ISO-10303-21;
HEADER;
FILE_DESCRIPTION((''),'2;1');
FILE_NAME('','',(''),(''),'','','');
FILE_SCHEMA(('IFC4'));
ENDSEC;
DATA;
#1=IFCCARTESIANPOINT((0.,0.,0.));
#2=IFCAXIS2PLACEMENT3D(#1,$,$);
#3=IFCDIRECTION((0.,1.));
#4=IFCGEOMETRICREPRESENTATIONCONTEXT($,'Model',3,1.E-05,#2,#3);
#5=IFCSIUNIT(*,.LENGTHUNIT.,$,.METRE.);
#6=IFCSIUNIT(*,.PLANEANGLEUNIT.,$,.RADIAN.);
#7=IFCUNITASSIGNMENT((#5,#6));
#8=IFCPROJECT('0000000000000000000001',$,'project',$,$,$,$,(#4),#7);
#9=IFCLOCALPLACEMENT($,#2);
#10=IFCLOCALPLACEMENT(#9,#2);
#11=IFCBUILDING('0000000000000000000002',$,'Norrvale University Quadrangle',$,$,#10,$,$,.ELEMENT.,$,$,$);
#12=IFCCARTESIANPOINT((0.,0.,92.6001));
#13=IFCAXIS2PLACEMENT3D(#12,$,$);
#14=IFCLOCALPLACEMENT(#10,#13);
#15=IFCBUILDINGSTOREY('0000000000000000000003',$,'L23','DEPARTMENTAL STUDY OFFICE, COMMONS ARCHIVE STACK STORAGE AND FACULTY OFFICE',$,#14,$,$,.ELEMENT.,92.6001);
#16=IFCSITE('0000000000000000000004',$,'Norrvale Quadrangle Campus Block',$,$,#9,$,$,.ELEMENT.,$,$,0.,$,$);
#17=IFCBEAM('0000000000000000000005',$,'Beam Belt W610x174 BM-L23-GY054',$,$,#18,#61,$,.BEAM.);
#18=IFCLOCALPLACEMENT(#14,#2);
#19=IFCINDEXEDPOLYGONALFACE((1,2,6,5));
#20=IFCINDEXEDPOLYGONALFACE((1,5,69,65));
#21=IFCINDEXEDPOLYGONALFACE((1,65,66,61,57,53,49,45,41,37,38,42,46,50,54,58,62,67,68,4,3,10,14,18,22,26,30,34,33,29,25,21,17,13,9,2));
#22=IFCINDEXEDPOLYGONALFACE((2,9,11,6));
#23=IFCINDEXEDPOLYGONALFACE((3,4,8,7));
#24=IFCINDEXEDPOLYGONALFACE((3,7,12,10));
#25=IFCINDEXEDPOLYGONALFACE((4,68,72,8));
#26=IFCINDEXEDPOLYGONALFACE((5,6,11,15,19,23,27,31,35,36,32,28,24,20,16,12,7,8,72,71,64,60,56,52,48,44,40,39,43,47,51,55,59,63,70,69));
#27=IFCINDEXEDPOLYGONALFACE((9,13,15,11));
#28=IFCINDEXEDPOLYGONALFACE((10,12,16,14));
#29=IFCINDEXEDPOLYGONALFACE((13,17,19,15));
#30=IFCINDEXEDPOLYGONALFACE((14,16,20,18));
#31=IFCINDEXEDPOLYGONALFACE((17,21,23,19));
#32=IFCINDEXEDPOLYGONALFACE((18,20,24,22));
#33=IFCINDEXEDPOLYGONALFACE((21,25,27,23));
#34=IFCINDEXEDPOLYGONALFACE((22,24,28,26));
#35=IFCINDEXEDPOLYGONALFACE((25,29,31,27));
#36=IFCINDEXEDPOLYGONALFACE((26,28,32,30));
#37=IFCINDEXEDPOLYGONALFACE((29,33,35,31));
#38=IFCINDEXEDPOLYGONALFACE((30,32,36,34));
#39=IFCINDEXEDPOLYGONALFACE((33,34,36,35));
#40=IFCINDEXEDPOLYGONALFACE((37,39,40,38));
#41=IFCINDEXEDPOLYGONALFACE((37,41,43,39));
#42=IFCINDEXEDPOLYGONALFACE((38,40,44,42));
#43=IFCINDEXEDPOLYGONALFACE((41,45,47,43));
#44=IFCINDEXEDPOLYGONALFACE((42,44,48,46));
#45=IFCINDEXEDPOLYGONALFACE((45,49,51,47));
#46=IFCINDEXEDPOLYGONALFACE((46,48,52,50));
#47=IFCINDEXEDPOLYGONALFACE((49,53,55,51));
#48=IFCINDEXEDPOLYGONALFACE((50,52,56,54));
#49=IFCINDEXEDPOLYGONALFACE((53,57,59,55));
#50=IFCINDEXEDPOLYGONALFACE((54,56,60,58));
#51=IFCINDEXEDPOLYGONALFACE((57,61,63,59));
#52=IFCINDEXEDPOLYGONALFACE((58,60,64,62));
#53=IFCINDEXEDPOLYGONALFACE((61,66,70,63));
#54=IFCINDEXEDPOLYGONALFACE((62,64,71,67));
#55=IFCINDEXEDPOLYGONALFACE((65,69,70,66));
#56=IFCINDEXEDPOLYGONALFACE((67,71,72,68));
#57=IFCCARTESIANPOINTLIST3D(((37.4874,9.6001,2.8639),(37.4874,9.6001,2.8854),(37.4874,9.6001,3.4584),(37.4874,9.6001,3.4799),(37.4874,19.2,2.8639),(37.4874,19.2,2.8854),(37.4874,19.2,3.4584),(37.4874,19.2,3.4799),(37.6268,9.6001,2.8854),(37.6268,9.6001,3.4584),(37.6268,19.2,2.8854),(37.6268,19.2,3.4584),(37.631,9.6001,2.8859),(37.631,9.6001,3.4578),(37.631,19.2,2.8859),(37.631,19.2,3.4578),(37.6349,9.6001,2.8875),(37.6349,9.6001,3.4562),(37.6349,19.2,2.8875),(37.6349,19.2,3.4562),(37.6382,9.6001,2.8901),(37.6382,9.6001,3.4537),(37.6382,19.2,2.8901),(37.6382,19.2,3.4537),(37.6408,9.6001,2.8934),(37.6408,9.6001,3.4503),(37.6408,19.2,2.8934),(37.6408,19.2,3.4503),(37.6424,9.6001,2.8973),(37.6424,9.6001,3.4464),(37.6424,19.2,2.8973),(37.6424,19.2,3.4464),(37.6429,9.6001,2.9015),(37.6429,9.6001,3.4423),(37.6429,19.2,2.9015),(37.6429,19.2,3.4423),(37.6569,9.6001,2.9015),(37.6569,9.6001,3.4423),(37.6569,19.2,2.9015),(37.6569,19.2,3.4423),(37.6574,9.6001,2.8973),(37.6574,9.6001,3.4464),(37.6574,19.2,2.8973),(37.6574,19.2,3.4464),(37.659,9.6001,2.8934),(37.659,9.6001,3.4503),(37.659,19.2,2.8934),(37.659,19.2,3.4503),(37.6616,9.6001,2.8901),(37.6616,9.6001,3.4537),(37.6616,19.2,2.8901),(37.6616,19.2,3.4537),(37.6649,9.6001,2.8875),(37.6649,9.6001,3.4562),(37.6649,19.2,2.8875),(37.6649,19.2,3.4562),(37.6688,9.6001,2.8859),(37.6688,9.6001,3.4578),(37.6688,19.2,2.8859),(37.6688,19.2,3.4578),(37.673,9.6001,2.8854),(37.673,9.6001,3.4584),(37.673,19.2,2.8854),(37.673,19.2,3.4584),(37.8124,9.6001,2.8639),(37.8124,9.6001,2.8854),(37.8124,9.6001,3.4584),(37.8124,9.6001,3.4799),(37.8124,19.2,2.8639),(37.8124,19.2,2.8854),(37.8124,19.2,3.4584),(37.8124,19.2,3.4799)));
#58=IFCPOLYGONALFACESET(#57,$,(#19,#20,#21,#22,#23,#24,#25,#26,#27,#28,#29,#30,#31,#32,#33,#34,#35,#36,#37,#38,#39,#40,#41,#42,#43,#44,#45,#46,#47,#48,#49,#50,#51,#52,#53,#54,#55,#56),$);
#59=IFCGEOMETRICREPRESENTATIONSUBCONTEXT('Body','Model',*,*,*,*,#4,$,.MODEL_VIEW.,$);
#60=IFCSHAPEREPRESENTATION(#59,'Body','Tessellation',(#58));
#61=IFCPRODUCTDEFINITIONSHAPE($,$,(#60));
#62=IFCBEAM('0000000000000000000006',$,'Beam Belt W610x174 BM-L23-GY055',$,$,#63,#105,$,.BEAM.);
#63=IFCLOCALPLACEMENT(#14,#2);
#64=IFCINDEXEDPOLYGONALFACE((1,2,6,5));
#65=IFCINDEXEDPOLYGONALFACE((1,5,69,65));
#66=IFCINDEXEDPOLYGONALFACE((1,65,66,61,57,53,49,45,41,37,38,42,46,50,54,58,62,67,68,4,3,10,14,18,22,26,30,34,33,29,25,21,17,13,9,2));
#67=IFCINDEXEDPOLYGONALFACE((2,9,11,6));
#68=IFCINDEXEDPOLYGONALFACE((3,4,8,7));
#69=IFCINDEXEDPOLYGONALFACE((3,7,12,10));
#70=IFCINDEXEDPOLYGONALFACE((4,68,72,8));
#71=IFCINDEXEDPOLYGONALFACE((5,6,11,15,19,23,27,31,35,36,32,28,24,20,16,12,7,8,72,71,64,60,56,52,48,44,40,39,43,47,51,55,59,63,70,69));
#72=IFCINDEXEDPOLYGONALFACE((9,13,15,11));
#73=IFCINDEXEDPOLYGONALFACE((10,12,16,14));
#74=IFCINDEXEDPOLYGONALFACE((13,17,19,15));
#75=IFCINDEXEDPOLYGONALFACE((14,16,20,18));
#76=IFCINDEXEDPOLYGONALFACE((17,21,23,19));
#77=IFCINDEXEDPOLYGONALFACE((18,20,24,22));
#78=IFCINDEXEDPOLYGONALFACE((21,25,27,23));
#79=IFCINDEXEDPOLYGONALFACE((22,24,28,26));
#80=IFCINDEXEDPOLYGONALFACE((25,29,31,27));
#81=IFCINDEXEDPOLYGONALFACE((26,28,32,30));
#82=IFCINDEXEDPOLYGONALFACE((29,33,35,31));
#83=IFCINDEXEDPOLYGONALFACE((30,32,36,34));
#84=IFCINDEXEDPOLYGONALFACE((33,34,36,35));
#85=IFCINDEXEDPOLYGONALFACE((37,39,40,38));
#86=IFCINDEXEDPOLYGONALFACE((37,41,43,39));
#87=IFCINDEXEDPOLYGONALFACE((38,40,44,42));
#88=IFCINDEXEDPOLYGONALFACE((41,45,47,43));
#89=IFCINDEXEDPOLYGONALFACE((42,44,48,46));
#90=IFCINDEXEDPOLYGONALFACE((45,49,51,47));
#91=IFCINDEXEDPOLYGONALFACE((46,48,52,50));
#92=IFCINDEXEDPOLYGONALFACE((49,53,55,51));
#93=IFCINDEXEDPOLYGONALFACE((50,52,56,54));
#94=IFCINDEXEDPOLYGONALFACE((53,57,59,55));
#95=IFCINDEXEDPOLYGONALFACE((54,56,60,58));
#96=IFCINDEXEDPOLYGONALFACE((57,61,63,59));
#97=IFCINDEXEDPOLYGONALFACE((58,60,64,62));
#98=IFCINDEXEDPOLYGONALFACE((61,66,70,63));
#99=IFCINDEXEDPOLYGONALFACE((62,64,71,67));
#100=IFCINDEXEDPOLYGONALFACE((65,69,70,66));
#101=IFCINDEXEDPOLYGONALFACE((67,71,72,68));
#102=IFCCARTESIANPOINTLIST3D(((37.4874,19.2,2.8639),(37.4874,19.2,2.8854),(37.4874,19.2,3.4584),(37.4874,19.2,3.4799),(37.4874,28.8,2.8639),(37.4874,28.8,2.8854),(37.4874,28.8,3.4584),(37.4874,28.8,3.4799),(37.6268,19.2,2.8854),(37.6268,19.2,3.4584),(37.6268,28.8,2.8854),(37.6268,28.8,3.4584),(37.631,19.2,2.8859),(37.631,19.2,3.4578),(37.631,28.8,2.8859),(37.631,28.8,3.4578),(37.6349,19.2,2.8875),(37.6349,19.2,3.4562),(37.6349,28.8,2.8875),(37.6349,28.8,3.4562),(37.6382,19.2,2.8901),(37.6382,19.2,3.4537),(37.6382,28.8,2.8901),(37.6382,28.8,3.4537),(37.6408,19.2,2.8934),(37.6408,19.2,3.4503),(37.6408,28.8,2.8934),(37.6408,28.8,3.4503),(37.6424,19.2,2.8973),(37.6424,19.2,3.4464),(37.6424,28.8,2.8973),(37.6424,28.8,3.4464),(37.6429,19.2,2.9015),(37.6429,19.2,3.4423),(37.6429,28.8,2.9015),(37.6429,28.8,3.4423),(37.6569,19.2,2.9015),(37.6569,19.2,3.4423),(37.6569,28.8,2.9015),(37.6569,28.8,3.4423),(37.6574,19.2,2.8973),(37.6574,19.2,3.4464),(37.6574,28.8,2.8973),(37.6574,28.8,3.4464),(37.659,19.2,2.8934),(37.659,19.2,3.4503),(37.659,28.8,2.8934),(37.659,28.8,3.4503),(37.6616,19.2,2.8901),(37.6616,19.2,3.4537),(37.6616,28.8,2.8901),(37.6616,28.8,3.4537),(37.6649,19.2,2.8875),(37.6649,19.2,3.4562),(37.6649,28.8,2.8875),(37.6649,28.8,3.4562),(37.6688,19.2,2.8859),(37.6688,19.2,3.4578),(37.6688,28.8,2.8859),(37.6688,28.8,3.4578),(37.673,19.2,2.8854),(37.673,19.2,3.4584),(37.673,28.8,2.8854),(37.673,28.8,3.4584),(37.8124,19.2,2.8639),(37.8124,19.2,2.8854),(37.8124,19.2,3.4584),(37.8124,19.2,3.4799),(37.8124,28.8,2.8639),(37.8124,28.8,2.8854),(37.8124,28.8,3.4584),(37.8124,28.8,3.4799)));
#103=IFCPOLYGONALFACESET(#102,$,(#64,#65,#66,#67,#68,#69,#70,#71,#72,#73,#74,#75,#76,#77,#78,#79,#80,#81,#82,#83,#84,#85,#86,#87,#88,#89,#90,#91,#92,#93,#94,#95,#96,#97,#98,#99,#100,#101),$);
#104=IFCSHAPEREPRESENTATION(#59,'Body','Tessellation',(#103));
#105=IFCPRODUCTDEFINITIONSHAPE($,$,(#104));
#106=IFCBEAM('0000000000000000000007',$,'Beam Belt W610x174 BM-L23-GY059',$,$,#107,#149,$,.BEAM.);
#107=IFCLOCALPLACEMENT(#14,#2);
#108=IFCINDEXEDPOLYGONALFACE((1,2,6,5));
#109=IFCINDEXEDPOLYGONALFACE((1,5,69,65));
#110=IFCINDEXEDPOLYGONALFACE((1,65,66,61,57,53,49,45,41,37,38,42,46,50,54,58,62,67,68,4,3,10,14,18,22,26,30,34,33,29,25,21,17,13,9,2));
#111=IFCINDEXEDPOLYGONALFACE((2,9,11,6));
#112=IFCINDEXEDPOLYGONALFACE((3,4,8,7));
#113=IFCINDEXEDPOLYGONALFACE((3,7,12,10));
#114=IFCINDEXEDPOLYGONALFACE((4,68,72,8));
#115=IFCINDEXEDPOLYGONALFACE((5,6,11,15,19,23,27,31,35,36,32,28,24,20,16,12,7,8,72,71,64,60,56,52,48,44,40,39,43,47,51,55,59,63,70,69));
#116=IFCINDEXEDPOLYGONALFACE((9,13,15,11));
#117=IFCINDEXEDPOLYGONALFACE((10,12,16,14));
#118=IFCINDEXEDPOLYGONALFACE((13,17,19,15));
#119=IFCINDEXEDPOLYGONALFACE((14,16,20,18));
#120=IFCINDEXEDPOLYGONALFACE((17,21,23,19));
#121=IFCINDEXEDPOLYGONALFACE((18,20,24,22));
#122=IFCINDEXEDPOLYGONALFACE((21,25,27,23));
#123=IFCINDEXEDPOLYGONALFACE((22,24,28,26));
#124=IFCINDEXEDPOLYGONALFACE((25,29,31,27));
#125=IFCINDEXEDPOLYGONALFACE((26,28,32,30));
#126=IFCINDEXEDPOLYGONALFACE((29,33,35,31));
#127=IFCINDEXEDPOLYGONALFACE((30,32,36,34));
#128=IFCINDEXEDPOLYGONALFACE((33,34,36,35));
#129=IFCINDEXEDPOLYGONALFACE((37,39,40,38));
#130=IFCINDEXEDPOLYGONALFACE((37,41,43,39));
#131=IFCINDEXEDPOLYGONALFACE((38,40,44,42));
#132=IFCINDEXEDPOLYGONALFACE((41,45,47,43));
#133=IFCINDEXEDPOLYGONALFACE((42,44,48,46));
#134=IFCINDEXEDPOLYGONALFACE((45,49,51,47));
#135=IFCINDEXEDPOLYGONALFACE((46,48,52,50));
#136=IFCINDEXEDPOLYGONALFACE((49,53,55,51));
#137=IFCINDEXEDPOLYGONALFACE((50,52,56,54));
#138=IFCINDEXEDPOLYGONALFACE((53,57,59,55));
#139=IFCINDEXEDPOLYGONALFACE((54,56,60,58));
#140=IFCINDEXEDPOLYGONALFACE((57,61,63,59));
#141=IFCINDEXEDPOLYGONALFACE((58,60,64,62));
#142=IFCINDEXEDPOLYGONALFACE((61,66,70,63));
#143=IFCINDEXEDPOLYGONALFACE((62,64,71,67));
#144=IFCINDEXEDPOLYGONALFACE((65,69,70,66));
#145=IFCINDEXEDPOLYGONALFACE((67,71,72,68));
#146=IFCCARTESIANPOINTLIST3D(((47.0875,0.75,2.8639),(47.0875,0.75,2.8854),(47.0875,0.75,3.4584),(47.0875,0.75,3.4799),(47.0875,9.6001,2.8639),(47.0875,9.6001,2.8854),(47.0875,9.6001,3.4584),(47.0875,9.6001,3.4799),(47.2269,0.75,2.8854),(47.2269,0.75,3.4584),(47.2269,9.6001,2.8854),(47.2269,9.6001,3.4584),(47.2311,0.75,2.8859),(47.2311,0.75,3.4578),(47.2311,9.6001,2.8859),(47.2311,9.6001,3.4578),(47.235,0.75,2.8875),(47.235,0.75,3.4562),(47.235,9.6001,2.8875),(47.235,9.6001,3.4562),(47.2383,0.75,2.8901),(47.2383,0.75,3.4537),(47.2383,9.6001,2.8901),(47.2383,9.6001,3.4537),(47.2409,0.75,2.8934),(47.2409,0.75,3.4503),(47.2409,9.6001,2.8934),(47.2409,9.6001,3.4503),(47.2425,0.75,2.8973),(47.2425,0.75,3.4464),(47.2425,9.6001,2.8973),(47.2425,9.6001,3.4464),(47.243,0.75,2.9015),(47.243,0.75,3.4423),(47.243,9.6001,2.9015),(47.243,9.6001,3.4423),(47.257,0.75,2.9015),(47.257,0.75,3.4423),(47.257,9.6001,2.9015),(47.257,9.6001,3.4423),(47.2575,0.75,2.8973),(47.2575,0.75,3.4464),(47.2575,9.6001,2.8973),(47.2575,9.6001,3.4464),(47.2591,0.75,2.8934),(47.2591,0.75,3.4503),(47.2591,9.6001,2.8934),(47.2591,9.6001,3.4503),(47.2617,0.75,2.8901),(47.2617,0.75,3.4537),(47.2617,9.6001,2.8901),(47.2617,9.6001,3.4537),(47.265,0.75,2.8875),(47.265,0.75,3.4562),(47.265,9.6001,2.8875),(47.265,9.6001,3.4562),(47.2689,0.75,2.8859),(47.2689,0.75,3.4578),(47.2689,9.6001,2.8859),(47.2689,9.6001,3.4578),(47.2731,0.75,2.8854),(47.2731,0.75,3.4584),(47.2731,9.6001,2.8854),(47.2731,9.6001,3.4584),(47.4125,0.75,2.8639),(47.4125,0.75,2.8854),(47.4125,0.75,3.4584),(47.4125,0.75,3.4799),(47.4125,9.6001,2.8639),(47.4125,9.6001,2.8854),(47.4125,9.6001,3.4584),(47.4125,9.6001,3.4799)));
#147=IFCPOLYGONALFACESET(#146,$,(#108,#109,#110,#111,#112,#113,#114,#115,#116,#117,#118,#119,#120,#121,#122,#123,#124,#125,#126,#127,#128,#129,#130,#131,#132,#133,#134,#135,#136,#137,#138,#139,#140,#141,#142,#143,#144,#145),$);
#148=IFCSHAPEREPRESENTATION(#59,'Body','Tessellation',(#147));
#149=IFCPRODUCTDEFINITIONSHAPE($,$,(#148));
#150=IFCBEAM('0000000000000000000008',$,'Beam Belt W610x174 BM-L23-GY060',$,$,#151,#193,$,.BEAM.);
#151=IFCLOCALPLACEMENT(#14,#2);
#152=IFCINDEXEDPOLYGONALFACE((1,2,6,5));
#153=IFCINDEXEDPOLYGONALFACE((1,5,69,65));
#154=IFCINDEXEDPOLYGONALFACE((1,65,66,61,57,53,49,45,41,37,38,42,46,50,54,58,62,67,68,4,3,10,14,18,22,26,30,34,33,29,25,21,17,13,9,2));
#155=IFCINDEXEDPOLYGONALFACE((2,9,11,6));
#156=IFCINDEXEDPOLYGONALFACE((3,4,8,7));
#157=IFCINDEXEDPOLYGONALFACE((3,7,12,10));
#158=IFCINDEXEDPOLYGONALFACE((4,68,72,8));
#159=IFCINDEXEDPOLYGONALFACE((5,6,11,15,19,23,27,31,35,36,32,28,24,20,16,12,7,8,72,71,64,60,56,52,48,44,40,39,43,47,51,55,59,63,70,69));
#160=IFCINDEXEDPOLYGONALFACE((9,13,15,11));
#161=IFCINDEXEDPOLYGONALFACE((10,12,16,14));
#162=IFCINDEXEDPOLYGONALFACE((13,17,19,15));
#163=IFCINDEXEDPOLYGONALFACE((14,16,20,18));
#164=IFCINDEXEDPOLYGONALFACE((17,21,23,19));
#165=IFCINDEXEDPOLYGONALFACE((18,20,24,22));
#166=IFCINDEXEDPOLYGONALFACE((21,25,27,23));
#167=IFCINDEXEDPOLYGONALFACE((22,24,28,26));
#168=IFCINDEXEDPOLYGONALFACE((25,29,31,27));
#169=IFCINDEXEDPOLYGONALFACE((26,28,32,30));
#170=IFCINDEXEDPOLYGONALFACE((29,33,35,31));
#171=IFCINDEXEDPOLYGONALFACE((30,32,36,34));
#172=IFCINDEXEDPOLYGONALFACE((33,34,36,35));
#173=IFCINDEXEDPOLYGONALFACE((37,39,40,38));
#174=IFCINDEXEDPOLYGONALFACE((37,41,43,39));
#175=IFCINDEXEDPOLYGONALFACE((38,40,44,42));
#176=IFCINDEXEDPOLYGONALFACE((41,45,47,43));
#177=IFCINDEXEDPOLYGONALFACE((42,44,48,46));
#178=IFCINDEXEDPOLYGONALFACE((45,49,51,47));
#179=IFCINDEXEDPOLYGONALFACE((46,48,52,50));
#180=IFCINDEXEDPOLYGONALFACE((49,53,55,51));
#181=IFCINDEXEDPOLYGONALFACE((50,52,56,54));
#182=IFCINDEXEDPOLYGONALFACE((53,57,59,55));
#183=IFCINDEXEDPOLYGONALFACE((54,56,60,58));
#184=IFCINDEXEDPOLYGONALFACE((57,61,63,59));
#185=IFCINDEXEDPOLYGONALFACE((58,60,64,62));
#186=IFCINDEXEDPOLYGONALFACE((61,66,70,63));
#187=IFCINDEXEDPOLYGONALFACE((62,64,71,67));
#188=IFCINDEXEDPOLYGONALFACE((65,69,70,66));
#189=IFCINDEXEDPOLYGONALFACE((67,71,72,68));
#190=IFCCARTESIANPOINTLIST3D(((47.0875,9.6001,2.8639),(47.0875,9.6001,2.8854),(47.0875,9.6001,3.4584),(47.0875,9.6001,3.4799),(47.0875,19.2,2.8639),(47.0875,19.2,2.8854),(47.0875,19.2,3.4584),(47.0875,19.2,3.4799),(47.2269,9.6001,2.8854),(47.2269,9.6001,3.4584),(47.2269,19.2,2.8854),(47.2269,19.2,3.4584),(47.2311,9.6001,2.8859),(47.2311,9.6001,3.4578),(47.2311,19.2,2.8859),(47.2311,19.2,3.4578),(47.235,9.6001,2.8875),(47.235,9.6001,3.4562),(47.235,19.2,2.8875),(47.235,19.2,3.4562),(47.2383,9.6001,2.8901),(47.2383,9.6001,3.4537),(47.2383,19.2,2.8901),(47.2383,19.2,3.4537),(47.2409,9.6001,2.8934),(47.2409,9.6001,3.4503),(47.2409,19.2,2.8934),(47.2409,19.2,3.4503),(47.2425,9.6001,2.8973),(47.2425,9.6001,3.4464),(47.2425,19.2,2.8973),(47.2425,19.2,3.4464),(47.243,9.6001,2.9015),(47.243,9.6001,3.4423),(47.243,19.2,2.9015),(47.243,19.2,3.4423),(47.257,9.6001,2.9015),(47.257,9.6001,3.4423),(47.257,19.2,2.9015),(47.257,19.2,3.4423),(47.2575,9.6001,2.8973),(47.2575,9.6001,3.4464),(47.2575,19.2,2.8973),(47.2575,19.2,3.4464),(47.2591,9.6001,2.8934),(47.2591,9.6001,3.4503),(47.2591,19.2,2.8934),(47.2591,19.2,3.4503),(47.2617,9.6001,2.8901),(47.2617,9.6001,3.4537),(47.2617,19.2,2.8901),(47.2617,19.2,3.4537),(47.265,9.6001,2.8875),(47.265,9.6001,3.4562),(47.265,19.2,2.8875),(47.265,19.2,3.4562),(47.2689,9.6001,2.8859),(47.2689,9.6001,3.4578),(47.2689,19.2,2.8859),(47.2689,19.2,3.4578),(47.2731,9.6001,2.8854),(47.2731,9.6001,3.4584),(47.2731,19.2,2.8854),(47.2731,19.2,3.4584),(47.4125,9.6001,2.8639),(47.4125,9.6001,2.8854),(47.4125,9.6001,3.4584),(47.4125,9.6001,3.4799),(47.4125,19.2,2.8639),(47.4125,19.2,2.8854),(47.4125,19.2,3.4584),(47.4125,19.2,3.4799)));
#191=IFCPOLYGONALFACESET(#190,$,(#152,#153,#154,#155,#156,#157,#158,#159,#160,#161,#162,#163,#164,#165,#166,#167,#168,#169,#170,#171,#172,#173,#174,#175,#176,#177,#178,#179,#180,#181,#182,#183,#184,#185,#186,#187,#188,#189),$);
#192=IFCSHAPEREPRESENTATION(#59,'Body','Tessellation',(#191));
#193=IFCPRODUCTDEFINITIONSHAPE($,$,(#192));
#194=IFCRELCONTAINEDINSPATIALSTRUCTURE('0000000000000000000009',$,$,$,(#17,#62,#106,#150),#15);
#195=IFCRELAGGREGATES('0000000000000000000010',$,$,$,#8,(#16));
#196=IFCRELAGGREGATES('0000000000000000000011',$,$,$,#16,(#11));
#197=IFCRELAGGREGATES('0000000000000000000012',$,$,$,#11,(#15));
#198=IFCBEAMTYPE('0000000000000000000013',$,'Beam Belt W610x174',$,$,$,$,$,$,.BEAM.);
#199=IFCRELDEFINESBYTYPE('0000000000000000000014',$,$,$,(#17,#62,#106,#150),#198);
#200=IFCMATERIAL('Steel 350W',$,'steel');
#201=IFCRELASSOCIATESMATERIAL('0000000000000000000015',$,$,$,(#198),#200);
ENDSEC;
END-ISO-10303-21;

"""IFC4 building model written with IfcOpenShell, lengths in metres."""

from ifc_helpers import new_model, si_unit, direction, frame, origin, origin_2d, place, context, subcontext, project, spatial, i_section, extrude, material, material_profile, profile_set, type_object, element, save


model = new_model("IFC4")

# Units and contexts
model_context = context("Model", 3, precision=1e-05, world=origin(), true_north=direction((0.0, 1.0)))
body_context = subcontext(model_context, "Body", "Model", "MODEL_VIEW")
ifc_project = project(units=[si_unit("LENGTHUNIT", "METRE"), si_unit("PLANEANGLEUNIT", "RADIAN")], contexts=[model_context])

# Site, building, storey
site_placement = place(None, origin())
site = spatial("IfcSite", under=ifc_project, at=site_placement, Name="Norrvale Quadrangle Campus Block", CompositionType="ELEMENT", RefElevation=0.0)
building_placement = place(site_placement, origin())
building = spatial("IfcBuilding", under=site, at=building_placement, Name="Norrvale University Quadrangle", CompositionType="ELEMENT")
storey_placement = place(building_placement, frame((0.0, 0.0, 92.6001)))
storey = spatial("IfcBuildingStorey", under=building, at=storey_placement, Name="L23", Description="DEPARTMENTAL STUDY OFFICE, COMMONS ARCHIVE STACK STORAGE AND FACULTY OFFICE", CompositionType="ELEMENT", Elevation=92.6001)

# Beams
ifc_material_1 = material(Name="Steel 350W", Category="steel")
ifc_material_profile_1 = material_profile(ifc_material_1, i_section(OverallWidth=0.325, OverallDepth=0.616, WebThickness=0.0139, FlangeThickness=0.0215, FilletRadius=0.0161, at=origin_2d()), Name="Steel 350W")
ifc_profile_set_1 = profile_set([ifc_material_profile_1], Name="Steel 350W")
beam_type_1 = type_object("IfcBeamType", Name="Beam Belt W610x174", PredefinedType="BEAM", material=ifc_profile_set_1)
beam_1_placement = place(storey_placement, frame((37.6499, 9.6001, 3.1719), z_axis=(0.0, 1.0, 0.0), x_axis=(-1.0, 0.0, 0.0)))
element("IfcBeam", 1, at=beam_1_placement, inside=storey, type_object=beam_type_1, Name="Beam Belt W610x174 BM-L23-GY054", PredefinedType="BEAM", context=body_context, shape_type="SweptSolid", body=[
    extrude(i_section(OverallWidth=0.325, OverallDepth=0.616, WebThickness=0.0139, FlangeThickness=0.0215, FilletRadius=0.0161, at=origin_2d()), origin(), (0.0, 0.0, 1.0), 9.5999),
])
beam_2_placement = place(storey_placement, frame((37.6499, 19.2, 3.1719), z_axis=(0.0, 1.0, 0.0), x_axis=(-1.0, 0.0, 0.0)))
element("IfcBeam", 2, at=beam_2_placement, inside=storey, type_object=beam_type_1, Name="Beam Belt W610x174 BM-L23-GY055", PredefinedType="BEAM", context=body_context, shape_type="SweptSolid", body=[
    extrude(i_section(OverallWidth=0.325, OverallDepth=0.616, WebThickness=0.0139, FlangeThickness=0.0215, FilletRadius=0.0161, at=origin_2d()), origin(), (0.0, 0.0, 1.0), 9.6001),
])
beam_3_placement = place(storey_placement, frame((47.25, 0.75, 3.1719), z_axis=(0.0, 1.0, 0.0), x_axis=(-1.0, 0.0, 0.0)))
element("IfcBeam", 3, at=beam_3_placement, inside=storey, type_object=beam_type_1, Name="Beam Belt W610x174 BM-L23-GY059", PredefinedType="BEAM", context=body_context, shape_type="SweptSolid", body=[
    extrude(i_section(OverallWidth=0.325, OverallDepth=0.616, WebThickness=0.0139, FlangeThickness=0.0215, FilletRadius=0.0161, at=origin_2d()), origin(), (0.0, 0.0, 1.0), 8.8501),
])
beam_4_placement = place(storey_placement, frame((47.25, 9.6001, 3.1719), z_axis=(0.0, 1.0, 0.0), x_axis=(-1.0, 0.0, 0.0)))
element("IfcBeam", 4, at=beam_4_placement, inside=storey, type_object=beam_type_1, Name="Beam Belt W610x174 BM-L23-GY060", PredefinedType="BEAM", context=body_context, shape_type="SweptSolid", body=[
    extrude(i_section(OverallWidth=0.325, OverallDepth=0.616, WebThickness=0.0139, FlangeThickness=0.0215, FilletRadius=0.0161, at=origin_2d()), origin(), (0.0, 0.0, 1.0), 9.5999),
])

save(model, "model.ifc")
